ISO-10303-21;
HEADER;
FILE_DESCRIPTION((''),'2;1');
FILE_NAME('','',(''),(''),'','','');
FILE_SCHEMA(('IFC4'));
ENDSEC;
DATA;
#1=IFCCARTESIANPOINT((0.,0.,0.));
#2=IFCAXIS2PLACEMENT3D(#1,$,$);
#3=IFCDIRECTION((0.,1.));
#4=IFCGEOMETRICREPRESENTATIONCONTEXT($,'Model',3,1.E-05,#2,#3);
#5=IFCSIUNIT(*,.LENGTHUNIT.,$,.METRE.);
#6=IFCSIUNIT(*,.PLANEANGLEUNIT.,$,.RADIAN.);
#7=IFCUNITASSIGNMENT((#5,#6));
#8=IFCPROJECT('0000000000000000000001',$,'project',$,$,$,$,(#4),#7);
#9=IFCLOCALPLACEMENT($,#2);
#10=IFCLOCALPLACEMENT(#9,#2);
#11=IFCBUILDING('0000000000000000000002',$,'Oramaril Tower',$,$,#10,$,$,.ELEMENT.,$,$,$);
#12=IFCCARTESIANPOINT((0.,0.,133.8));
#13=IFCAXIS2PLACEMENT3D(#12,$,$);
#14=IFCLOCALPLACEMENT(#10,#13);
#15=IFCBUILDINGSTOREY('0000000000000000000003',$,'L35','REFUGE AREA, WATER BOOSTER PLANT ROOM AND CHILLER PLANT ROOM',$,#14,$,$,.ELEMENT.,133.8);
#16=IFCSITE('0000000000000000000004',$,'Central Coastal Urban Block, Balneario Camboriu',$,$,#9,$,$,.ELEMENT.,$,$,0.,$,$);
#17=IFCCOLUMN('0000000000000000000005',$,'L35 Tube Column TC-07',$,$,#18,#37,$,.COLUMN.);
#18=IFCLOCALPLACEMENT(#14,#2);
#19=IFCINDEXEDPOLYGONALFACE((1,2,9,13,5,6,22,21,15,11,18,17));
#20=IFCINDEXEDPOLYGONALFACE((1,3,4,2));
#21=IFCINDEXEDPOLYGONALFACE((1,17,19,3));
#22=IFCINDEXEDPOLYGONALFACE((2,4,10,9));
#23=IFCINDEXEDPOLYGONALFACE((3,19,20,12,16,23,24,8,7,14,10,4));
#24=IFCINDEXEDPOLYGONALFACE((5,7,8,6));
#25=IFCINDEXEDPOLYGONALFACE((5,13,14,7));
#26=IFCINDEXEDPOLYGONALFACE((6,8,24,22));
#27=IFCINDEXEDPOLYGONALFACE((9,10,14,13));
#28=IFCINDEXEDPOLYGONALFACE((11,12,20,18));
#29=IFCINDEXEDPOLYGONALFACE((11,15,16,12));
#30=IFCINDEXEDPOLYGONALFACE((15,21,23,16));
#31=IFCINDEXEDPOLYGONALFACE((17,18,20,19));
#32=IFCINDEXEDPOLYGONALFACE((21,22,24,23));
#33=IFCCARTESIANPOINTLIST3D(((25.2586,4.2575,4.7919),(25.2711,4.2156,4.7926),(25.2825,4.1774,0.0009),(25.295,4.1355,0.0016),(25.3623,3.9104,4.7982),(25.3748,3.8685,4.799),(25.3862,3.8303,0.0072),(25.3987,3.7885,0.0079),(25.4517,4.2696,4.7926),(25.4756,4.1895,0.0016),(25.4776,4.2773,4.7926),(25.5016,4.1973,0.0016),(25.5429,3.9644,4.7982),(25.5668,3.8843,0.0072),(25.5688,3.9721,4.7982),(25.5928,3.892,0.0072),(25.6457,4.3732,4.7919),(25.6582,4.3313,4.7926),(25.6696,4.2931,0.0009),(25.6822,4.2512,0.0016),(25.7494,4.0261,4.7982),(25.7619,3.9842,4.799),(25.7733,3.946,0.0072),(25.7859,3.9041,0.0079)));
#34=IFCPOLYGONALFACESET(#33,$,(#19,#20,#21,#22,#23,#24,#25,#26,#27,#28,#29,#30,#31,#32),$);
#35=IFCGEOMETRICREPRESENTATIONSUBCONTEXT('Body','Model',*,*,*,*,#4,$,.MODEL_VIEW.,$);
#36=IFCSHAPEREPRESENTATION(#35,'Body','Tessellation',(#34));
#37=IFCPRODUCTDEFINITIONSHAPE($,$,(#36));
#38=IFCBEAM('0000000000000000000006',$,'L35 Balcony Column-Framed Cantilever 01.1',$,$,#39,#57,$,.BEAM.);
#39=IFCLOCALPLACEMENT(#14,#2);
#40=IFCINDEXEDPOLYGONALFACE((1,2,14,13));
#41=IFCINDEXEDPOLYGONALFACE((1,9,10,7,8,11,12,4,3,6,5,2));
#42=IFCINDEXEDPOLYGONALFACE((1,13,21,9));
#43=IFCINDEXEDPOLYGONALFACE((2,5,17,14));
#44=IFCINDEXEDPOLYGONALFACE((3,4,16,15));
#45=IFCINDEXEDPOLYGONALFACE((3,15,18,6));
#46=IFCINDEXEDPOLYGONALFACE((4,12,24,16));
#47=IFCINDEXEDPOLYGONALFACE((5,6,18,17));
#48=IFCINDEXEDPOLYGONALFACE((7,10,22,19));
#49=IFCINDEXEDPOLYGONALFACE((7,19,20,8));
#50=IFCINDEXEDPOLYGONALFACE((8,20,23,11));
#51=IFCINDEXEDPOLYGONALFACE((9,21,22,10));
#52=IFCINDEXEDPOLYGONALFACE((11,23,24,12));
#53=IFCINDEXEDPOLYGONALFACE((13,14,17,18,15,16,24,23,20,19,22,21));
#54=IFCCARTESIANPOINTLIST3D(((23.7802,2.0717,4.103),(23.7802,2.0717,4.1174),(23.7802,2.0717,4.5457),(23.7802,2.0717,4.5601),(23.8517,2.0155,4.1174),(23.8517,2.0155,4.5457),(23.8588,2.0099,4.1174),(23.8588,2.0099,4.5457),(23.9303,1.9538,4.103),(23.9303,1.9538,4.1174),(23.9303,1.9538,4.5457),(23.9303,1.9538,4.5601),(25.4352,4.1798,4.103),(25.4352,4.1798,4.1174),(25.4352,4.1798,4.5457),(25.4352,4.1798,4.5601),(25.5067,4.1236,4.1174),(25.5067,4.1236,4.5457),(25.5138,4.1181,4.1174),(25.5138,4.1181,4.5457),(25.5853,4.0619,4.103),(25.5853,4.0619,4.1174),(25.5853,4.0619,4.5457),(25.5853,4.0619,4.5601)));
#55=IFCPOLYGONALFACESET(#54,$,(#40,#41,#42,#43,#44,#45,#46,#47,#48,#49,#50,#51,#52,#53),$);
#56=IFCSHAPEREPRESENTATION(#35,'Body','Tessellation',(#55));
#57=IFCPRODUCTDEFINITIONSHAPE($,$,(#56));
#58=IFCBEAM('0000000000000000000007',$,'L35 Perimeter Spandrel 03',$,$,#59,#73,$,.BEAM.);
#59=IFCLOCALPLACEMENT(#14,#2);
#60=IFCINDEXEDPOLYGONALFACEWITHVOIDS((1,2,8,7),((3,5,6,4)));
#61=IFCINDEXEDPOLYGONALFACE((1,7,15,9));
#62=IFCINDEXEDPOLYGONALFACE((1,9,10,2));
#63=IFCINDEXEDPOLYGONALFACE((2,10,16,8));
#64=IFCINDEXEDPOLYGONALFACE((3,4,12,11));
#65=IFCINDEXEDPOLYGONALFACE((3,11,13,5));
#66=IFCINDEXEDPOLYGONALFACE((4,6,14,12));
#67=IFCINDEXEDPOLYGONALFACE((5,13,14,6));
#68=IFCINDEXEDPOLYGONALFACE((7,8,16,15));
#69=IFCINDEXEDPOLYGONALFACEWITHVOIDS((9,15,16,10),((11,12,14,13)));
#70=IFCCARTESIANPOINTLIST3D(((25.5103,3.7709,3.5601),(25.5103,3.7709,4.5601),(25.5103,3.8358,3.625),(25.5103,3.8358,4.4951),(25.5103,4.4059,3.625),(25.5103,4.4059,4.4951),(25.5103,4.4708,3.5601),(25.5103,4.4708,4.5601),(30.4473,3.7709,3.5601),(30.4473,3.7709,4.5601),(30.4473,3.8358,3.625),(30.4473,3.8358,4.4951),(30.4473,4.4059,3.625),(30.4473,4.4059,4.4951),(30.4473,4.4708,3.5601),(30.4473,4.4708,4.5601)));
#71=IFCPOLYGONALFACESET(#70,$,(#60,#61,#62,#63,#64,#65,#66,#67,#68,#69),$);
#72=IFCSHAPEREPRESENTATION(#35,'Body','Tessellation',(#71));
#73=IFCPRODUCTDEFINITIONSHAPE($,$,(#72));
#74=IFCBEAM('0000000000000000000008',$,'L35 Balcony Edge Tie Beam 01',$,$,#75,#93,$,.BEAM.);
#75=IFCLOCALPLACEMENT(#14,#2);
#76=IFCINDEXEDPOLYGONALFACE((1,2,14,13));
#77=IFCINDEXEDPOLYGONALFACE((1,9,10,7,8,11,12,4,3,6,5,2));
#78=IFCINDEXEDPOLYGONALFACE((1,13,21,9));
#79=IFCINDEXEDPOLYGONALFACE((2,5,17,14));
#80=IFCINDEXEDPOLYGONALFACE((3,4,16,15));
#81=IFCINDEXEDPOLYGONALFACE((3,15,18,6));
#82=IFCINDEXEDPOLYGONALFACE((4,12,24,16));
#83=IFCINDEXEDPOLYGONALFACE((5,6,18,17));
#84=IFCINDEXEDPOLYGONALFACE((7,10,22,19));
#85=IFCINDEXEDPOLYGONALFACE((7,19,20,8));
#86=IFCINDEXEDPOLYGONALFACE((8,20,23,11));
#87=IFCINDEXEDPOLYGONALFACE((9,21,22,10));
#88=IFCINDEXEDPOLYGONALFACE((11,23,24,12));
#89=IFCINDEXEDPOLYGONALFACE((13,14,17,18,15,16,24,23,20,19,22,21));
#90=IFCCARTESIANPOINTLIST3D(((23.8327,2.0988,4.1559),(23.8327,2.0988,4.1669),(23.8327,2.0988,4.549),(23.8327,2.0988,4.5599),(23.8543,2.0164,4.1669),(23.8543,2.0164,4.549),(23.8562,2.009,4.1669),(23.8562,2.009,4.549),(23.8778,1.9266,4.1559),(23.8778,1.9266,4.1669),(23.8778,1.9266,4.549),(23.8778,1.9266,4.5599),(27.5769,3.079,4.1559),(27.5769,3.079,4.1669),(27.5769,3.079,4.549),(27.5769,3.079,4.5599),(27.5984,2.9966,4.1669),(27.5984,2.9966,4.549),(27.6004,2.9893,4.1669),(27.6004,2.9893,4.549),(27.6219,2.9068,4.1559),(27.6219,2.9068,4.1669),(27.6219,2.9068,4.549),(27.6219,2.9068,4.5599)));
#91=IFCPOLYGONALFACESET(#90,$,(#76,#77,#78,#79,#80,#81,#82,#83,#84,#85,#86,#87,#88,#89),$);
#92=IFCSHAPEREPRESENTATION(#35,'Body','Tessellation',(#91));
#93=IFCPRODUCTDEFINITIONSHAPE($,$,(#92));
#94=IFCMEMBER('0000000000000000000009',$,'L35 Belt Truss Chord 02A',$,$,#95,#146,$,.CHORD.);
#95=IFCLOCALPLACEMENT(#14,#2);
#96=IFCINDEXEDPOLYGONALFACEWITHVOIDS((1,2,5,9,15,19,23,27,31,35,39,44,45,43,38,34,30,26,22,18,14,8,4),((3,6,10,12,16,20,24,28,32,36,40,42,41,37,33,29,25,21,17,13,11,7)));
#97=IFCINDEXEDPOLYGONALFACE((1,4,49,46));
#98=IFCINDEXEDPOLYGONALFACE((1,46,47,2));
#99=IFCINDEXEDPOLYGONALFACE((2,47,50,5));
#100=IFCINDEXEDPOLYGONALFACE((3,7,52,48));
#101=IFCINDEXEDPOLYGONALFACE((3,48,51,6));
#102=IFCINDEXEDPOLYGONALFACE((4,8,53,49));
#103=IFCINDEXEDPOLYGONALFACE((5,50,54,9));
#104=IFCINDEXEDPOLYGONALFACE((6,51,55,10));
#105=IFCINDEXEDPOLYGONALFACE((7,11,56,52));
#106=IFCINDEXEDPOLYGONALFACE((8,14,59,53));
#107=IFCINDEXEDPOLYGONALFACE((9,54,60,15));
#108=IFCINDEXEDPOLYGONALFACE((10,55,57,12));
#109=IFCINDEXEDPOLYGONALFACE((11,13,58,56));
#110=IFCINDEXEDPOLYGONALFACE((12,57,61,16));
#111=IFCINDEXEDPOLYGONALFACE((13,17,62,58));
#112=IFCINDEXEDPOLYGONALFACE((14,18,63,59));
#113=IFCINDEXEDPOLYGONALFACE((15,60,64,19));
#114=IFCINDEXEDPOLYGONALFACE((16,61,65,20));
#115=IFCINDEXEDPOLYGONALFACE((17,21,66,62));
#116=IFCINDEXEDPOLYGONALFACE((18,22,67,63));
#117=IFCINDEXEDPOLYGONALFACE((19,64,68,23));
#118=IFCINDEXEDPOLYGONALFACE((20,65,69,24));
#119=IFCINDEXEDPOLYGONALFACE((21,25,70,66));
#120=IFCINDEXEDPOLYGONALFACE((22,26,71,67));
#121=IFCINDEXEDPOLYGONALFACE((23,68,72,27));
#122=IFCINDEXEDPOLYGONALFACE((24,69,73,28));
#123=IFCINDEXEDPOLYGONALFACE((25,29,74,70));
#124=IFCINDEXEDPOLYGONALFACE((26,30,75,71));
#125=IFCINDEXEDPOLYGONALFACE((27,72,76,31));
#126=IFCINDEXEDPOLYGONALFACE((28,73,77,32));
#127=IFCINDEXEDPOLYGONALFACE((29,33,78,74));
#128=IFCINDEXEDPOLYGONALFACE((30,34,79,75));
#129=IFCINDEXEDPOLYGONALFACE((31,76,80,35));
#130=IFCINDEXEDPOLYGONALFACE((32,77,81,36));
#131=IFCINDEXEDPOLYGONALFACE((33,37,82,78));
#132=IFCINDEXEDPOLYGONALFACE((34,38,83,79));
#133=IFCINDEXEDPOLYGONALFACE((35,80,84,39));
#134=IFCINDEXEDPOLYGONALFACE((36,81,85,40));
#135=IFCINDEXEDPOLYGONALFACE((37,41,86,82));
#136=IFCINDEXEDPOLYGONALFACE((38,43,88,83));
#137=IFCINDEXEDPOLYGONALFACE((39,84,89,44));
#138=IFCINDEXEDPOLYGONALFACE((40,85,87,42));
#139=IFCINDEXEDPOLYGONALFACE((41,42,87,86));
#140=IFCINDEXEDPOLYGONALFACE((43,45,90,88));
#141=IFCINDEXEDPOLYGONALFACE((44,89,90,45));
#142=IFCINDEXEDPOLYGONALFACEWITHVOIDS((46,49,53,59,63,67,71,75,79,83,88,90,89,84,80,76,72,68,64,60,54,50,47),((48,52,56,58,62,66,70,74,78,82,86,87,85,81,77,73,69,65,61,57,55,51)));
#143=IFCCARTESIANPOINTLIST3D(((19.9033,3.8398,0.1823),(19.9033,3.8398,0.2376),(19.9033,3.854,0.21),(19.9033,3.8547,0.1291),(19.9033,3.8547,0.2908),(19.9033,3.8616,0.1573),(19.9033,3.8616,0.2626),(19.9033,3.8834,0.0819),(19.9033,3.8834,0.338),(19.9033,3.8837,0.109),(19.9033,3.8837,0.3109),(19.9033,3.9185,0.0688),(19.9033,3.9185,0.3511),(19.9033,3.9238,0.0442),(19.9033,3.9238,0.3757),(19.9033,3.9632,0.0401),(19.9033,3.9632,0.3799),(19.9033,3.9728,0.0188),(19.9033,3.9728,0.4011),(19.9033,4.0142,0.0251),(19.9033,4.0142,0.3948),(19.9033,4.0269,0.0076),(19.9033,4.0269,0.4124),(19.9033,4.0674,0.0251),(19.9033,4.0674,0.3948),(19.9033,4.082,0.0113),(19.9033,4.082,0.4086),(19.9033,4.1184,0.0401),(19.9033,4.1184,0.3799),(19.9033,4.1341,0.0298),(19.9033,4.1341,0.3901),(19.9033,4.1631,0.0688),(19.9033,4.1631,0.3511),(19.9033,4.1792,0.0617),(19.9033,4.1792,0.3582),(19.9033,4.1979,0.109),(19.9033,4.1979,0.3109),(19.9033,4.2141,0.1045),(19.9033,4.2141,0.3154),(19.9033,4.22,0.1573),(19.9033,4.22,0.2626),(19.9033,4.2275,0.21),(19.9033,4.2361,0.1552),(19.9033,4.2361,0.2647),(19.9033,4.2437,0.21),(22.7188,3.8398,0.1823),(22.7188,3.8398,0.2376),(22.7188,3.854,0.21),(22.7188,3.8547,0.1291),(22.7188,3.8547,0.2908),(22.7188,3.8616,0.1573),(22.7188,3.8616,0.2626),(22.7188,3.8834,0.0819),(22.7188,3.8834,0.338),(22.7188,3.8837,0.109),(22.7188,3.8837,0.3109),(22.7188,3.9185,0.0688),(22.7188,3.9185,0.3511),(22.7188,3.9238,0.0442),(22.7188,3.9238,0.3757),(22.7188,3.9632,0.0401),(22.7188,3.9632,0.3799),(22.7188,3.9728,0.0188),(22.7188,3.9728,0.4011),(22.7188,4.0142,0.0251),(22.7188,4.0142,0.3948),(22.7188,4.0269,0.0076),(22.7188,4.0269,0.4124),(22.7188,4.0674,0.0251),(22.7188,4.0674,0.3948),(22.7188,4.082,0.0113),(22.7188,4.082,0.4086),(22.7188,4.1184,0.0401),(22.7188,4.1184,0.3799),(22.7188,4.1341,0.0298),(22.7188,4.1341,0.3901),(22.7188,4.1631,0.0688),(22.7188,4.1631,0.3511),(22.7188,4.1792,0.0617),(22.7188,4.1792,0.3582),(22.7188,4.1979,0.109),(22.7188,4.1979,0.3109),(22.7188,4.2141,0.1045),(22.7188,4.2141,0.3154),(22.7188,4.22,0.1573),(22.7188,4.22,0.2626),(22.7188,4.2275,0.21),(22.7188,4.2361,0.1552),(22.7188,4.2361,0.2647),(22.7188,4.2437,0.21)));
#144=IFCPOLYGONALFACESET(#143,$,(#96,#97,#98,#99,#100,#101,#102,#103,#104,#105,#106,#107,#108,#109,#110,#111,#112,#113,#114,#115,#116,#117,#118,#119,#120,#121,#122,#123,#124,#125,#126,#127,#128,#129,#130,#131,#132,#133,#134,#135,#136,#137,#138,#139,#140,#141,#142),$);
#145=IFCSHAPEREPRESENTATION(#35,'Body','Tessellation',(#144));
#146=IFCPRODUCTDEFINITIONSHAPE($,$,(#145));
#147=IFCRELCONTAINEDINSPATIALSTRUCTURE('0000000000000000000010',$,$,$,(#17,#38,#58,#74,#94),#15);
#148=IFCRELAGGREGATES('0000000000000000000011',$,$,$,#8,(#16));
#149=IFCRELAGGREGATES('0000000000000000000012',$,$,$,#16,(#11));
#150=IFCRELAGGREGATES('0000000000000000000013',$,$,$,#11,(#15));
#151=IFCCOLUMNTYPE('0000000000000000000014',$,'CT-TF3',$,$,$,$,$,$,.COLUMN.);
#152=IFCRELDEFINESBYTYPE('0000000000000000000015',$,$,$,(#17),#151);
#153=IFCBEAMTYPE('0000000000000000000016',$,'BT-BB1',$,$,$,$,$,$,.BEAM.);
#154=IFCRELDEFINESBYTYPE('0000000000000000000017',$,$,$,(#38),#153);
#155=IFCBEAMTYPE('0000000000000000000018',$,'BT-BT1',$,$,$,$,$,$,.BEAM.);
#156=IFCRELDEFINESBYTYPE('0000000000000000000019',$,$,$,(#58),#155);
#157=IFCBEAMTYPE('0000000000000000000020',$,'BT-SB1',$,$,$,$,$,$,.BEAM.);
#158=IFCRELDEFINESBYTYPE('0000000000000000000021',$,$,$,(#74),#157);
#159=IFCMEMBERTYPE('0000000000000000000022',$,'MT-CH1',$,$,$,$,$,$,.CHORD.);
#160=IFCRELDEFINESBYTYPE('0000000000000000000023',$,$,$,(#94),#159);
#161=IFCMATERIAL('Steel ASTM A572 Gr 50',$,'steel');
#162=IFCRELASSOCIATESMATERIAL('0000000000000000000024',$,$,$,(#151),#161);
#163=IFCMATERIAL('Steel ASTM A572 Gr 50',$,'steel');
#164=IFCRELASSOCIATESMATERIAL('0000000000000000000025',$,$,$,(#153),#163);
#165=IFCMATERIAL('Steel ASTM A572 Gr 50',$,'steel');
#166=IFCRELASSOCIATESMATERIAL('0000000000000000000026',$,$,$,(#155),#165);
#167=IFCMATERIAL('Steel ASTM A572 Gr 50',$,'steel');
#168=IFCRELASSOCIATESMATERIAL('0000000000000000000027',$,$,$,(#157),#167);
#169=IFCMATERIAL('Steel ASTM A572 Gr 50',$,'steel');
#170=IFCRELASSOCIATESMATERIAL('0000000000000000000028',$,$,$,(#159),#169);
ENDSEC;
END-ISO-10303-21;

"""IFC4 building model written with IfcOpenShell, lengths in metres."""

from ifc_helpers import new_model, si_unit, direction, frame, origin, origin_2d, place, context, subcontext, project, spatial, hollow_rectangle, hollow_circle, i_section, extrude, material, material_profile, profile_set, type_object, element, save


model = new_model("IFC4")

# Units and contexts
model_context = context("Model", 3, precision=1e-05, world=origin(), true_north=direction((0.0, 1.0)))
body_context = subcontext(model_context, "Body", "Model", "MODEL_VIEW")
ifc_project = project(units=[si_unit("LENGTHUNIT", "METRE"), si_unit("PLANEANGLEUNIT", "RADIAN")], contexts=[model_context])

# Site, building, storey
site_placement = place(None, origin())
site = spatial("IfcSite", under=ifc_project, at=site_placement, Name="Central Coastal Urban Block, Balneario Camboriu", CompositionType="ELEMENT", RefElevation=0.0)
building_placement = place(site_placement, origin())
building = spatial("IfcBuilding", under=site, at=building_placement, Name="Oramaril Tower", CompositionType="ELEMENT")
storey_placement = place(building_placement, frame((0.0, 0.0, 133.8)))
storey = spatial("IfcBuildingStorey", under=building, at=storey_placement, Name="L35", Description="REFUGE AREA, WATER BOOSTER PLANT ROOM AND CHILLER PLANT ROOM", CompositionType="ELEMENT", Elevation=133.8)

# Column
ifc_material_1 = material(Name="Steel ASTM A572 Gr 50", Category="steel")
ifc_material_profile_1 = material_profile(ifc_material_1, i_section(OverallWidth=0.4041, OverallDepth=0.406, WebThickness=0.0271, FlangeThickness=0.0437, at=origin_2d()), Name="W14X233")
ifc_profile_set_1 = profile_set([ifc_material_profile_1], Name="Steel ASTM A572 Gr 50")
column_type = type_object("IfcColumnType", Name="CT-TF3", PredefinedType="COLUMN", material=ifc_profile_set_1)
column_placement = place(storey_placement, frame((25.5342, 4.0408, 0.0044), z_axis=(-0.004993, 0.016712, 0.999848), x_axis=(-0.958147, -0.286276, 0.0)))
element("IfcColumn", 1, at=column_placement, inside=storey, type_object=column_type, Name="L35 Tube Column TC-07", PredefinedType="COLUMN", context=body_context, shape_type="SweptSolid", body=[
    extrude(i_section(OverallWidth=0.4041, OverallDepth=0.406, WebThickness=0.0271, FlangeThickness=0.0437, at=origin_2d()), origin(), (0.0, 0.0, 1.0), 4.7917),
])

# Beams
ifc_material_2 = material(Name="Steel ASTM A572 Gr 50", Category="steel")
ifc_material_profile_2 = material_profile(ifc_material_2, i_section(OverallWidth=0.1909, OverallDepth=0.457, WebThickness=0.009, FlangeThickness=0.0144, at=origin_2d()), Name="W18X50")
ifc_profile_set_2 = profile_set([ifc_material_profile_2], Name="Steel ASTM A572 Gr 50")
beam_type_1 = type_object("IfcBeamType", Name="BT-BB1", PredefinedType="BEAM", material=ifc_profile_set_2)
beam_1_placement = place(storey_placement, frame((25.5103, 4.1208, 4.3315), z_axis=(-0.617504, -0.786568, 0.0), x_axis=(0.786568, -0.617504, 0.0)))
element("IfcBeam", 2, at=beam_1_placement, inside=storey, type_object=beam_type_1, Name="L35 Balcony Column-Framed Cantilever 01.1", PredefinedType="BEAM", context=body_context, shape_type="SweptSolid", body=[
    extrude(i_section(OverallWidth=0.1909, OverallDepth=0.457, WebThickness=0.009, FlangeThickness=0.0144, at=origin_2d()), origin(), (0.0, 0.0, 1.0), 2.6802),
])
ifc_material_3 = material(Name="Steel ASTM A572 Gr 50", Category="steel")
ifc_material_profile_3 = material_profile(ifc_material_3, hollow_rectangle(XDim=0.7, YDim=1.0, WallThickness=0.0649, at=origin_2d()), Name="BOX1000X700X65")
ifc_profile_set_3 = profile_set([ifc_material_profile_3], Name="Steel ASTM A572 Gr 50")
beam_type_2 = type_object("IfcBeamType", Name="BT-BT1", PredefinedType="BEAM", material=ifc_profile_set_3)
beam_2_placement = place(storey_placement, frame((25.5103, 4.1208, 4.0601), z_axis=(1.0, 0.0, 0.0), x_axis=(0.0, 1.0, 0.0)))
element("IfcBeam", 3, at=beam_2_placement, inside=storey, type_object=beam_type_2, Name="L35 Perimeter Spandrel 03", PredefinedType="BEAM", context=body_context, shape_type="SweptSolid", body=[
    extrude(hollow_rectangle(XDim=0.7, YDim=1.0, WallThickness=0.0649, at=origin_2d()), origin(), (0.0, 0.0, 1.0), 4.937),
])
ifc_material_4 = material(Name="Steel ASTM A572 Gr 50", Category="steel")
ifc_material_profile_4 = material_profile(ifc_material_4, i_section(OverallWidth=0.178, OverallDepth=0.4041, WebThickness=0.0076, FlangeThickness=0.011, at=origin_2d()), Name="W16X36")
ifc_profile_set_4 = profile_set([ifc_material_profile_4], Name="Steel ASTM A572 Gr 50")
beam_type_3 = type_object("IfcBeamType", Name="BT-SB1", PredefinedType="BEAM", material=ifc_profile_set_4)
beam_3_placement = place(storey_placement, frame((23.8552, 2.0127, 4.3579), z_axis=(0.967397, 0.253267, 0.0), x_axis=(-0.253267, 0.967397, 0.0)))
element("IfcBeam", 4, at=beam_3_placement, inside=storey, type_object=beam_type_3, Name="L35 Balcony Edge Tie Beam 01", PredefinedType="BEAM", context=body_context, shape_type="SweptSolid", body=[
    extrude(i_section(OverallWidth=0.178, OverallDepth=0.4041, WebThickness=0.0076, FlangeThickness=0.011, at=origin_2d()), origin(), (0.0, 0.0, 1.0), 3.8704),
])

# Member
ifc_material_5 = material(Name="Steel ASTM A572 Gr 50", Category="steel")
ifc_material_profile_5 = material_profile(ifc_material_5, hollow_circle(Radius=0.2029, WallThickness=0.0161, at=origin_2d()), Name="CHS406X16")
ifc_profile_set_5 = profile_set([ifc_material_profile_5], Name="Steel ASTM A572 Gr 50")
member_type_1 = type_object("IfcMemberType", Name="MT-CH1", PredefinedType="CHORD", material=ifc_profile_set_5)
for number, where, z_axis, x_axis, name in (
    (5, (19.9033, 4.0408, 0.21), (1.0, 0.0, 0.0), (0.0, 1.0, 0.0), "L35 Belt Truss Chord 02A"),
):
    element("IfcMember", number, at=place(storey_placement, frame(where, z_axis=z_axis, x_axis=x_axis)), inside=storey, type_object=member_type_1, Name=name, PredefinedType="CHORD", context=body_context, shape_type="SweptSolid", body=[
        extrude(hollow_circle(Radius=0.2029, WallThickness=0.0161, at=origin_2d()), origin(), (0.0, 0.0, 1.0), 2.8154),
    ])

save(model, "model.ifc")
